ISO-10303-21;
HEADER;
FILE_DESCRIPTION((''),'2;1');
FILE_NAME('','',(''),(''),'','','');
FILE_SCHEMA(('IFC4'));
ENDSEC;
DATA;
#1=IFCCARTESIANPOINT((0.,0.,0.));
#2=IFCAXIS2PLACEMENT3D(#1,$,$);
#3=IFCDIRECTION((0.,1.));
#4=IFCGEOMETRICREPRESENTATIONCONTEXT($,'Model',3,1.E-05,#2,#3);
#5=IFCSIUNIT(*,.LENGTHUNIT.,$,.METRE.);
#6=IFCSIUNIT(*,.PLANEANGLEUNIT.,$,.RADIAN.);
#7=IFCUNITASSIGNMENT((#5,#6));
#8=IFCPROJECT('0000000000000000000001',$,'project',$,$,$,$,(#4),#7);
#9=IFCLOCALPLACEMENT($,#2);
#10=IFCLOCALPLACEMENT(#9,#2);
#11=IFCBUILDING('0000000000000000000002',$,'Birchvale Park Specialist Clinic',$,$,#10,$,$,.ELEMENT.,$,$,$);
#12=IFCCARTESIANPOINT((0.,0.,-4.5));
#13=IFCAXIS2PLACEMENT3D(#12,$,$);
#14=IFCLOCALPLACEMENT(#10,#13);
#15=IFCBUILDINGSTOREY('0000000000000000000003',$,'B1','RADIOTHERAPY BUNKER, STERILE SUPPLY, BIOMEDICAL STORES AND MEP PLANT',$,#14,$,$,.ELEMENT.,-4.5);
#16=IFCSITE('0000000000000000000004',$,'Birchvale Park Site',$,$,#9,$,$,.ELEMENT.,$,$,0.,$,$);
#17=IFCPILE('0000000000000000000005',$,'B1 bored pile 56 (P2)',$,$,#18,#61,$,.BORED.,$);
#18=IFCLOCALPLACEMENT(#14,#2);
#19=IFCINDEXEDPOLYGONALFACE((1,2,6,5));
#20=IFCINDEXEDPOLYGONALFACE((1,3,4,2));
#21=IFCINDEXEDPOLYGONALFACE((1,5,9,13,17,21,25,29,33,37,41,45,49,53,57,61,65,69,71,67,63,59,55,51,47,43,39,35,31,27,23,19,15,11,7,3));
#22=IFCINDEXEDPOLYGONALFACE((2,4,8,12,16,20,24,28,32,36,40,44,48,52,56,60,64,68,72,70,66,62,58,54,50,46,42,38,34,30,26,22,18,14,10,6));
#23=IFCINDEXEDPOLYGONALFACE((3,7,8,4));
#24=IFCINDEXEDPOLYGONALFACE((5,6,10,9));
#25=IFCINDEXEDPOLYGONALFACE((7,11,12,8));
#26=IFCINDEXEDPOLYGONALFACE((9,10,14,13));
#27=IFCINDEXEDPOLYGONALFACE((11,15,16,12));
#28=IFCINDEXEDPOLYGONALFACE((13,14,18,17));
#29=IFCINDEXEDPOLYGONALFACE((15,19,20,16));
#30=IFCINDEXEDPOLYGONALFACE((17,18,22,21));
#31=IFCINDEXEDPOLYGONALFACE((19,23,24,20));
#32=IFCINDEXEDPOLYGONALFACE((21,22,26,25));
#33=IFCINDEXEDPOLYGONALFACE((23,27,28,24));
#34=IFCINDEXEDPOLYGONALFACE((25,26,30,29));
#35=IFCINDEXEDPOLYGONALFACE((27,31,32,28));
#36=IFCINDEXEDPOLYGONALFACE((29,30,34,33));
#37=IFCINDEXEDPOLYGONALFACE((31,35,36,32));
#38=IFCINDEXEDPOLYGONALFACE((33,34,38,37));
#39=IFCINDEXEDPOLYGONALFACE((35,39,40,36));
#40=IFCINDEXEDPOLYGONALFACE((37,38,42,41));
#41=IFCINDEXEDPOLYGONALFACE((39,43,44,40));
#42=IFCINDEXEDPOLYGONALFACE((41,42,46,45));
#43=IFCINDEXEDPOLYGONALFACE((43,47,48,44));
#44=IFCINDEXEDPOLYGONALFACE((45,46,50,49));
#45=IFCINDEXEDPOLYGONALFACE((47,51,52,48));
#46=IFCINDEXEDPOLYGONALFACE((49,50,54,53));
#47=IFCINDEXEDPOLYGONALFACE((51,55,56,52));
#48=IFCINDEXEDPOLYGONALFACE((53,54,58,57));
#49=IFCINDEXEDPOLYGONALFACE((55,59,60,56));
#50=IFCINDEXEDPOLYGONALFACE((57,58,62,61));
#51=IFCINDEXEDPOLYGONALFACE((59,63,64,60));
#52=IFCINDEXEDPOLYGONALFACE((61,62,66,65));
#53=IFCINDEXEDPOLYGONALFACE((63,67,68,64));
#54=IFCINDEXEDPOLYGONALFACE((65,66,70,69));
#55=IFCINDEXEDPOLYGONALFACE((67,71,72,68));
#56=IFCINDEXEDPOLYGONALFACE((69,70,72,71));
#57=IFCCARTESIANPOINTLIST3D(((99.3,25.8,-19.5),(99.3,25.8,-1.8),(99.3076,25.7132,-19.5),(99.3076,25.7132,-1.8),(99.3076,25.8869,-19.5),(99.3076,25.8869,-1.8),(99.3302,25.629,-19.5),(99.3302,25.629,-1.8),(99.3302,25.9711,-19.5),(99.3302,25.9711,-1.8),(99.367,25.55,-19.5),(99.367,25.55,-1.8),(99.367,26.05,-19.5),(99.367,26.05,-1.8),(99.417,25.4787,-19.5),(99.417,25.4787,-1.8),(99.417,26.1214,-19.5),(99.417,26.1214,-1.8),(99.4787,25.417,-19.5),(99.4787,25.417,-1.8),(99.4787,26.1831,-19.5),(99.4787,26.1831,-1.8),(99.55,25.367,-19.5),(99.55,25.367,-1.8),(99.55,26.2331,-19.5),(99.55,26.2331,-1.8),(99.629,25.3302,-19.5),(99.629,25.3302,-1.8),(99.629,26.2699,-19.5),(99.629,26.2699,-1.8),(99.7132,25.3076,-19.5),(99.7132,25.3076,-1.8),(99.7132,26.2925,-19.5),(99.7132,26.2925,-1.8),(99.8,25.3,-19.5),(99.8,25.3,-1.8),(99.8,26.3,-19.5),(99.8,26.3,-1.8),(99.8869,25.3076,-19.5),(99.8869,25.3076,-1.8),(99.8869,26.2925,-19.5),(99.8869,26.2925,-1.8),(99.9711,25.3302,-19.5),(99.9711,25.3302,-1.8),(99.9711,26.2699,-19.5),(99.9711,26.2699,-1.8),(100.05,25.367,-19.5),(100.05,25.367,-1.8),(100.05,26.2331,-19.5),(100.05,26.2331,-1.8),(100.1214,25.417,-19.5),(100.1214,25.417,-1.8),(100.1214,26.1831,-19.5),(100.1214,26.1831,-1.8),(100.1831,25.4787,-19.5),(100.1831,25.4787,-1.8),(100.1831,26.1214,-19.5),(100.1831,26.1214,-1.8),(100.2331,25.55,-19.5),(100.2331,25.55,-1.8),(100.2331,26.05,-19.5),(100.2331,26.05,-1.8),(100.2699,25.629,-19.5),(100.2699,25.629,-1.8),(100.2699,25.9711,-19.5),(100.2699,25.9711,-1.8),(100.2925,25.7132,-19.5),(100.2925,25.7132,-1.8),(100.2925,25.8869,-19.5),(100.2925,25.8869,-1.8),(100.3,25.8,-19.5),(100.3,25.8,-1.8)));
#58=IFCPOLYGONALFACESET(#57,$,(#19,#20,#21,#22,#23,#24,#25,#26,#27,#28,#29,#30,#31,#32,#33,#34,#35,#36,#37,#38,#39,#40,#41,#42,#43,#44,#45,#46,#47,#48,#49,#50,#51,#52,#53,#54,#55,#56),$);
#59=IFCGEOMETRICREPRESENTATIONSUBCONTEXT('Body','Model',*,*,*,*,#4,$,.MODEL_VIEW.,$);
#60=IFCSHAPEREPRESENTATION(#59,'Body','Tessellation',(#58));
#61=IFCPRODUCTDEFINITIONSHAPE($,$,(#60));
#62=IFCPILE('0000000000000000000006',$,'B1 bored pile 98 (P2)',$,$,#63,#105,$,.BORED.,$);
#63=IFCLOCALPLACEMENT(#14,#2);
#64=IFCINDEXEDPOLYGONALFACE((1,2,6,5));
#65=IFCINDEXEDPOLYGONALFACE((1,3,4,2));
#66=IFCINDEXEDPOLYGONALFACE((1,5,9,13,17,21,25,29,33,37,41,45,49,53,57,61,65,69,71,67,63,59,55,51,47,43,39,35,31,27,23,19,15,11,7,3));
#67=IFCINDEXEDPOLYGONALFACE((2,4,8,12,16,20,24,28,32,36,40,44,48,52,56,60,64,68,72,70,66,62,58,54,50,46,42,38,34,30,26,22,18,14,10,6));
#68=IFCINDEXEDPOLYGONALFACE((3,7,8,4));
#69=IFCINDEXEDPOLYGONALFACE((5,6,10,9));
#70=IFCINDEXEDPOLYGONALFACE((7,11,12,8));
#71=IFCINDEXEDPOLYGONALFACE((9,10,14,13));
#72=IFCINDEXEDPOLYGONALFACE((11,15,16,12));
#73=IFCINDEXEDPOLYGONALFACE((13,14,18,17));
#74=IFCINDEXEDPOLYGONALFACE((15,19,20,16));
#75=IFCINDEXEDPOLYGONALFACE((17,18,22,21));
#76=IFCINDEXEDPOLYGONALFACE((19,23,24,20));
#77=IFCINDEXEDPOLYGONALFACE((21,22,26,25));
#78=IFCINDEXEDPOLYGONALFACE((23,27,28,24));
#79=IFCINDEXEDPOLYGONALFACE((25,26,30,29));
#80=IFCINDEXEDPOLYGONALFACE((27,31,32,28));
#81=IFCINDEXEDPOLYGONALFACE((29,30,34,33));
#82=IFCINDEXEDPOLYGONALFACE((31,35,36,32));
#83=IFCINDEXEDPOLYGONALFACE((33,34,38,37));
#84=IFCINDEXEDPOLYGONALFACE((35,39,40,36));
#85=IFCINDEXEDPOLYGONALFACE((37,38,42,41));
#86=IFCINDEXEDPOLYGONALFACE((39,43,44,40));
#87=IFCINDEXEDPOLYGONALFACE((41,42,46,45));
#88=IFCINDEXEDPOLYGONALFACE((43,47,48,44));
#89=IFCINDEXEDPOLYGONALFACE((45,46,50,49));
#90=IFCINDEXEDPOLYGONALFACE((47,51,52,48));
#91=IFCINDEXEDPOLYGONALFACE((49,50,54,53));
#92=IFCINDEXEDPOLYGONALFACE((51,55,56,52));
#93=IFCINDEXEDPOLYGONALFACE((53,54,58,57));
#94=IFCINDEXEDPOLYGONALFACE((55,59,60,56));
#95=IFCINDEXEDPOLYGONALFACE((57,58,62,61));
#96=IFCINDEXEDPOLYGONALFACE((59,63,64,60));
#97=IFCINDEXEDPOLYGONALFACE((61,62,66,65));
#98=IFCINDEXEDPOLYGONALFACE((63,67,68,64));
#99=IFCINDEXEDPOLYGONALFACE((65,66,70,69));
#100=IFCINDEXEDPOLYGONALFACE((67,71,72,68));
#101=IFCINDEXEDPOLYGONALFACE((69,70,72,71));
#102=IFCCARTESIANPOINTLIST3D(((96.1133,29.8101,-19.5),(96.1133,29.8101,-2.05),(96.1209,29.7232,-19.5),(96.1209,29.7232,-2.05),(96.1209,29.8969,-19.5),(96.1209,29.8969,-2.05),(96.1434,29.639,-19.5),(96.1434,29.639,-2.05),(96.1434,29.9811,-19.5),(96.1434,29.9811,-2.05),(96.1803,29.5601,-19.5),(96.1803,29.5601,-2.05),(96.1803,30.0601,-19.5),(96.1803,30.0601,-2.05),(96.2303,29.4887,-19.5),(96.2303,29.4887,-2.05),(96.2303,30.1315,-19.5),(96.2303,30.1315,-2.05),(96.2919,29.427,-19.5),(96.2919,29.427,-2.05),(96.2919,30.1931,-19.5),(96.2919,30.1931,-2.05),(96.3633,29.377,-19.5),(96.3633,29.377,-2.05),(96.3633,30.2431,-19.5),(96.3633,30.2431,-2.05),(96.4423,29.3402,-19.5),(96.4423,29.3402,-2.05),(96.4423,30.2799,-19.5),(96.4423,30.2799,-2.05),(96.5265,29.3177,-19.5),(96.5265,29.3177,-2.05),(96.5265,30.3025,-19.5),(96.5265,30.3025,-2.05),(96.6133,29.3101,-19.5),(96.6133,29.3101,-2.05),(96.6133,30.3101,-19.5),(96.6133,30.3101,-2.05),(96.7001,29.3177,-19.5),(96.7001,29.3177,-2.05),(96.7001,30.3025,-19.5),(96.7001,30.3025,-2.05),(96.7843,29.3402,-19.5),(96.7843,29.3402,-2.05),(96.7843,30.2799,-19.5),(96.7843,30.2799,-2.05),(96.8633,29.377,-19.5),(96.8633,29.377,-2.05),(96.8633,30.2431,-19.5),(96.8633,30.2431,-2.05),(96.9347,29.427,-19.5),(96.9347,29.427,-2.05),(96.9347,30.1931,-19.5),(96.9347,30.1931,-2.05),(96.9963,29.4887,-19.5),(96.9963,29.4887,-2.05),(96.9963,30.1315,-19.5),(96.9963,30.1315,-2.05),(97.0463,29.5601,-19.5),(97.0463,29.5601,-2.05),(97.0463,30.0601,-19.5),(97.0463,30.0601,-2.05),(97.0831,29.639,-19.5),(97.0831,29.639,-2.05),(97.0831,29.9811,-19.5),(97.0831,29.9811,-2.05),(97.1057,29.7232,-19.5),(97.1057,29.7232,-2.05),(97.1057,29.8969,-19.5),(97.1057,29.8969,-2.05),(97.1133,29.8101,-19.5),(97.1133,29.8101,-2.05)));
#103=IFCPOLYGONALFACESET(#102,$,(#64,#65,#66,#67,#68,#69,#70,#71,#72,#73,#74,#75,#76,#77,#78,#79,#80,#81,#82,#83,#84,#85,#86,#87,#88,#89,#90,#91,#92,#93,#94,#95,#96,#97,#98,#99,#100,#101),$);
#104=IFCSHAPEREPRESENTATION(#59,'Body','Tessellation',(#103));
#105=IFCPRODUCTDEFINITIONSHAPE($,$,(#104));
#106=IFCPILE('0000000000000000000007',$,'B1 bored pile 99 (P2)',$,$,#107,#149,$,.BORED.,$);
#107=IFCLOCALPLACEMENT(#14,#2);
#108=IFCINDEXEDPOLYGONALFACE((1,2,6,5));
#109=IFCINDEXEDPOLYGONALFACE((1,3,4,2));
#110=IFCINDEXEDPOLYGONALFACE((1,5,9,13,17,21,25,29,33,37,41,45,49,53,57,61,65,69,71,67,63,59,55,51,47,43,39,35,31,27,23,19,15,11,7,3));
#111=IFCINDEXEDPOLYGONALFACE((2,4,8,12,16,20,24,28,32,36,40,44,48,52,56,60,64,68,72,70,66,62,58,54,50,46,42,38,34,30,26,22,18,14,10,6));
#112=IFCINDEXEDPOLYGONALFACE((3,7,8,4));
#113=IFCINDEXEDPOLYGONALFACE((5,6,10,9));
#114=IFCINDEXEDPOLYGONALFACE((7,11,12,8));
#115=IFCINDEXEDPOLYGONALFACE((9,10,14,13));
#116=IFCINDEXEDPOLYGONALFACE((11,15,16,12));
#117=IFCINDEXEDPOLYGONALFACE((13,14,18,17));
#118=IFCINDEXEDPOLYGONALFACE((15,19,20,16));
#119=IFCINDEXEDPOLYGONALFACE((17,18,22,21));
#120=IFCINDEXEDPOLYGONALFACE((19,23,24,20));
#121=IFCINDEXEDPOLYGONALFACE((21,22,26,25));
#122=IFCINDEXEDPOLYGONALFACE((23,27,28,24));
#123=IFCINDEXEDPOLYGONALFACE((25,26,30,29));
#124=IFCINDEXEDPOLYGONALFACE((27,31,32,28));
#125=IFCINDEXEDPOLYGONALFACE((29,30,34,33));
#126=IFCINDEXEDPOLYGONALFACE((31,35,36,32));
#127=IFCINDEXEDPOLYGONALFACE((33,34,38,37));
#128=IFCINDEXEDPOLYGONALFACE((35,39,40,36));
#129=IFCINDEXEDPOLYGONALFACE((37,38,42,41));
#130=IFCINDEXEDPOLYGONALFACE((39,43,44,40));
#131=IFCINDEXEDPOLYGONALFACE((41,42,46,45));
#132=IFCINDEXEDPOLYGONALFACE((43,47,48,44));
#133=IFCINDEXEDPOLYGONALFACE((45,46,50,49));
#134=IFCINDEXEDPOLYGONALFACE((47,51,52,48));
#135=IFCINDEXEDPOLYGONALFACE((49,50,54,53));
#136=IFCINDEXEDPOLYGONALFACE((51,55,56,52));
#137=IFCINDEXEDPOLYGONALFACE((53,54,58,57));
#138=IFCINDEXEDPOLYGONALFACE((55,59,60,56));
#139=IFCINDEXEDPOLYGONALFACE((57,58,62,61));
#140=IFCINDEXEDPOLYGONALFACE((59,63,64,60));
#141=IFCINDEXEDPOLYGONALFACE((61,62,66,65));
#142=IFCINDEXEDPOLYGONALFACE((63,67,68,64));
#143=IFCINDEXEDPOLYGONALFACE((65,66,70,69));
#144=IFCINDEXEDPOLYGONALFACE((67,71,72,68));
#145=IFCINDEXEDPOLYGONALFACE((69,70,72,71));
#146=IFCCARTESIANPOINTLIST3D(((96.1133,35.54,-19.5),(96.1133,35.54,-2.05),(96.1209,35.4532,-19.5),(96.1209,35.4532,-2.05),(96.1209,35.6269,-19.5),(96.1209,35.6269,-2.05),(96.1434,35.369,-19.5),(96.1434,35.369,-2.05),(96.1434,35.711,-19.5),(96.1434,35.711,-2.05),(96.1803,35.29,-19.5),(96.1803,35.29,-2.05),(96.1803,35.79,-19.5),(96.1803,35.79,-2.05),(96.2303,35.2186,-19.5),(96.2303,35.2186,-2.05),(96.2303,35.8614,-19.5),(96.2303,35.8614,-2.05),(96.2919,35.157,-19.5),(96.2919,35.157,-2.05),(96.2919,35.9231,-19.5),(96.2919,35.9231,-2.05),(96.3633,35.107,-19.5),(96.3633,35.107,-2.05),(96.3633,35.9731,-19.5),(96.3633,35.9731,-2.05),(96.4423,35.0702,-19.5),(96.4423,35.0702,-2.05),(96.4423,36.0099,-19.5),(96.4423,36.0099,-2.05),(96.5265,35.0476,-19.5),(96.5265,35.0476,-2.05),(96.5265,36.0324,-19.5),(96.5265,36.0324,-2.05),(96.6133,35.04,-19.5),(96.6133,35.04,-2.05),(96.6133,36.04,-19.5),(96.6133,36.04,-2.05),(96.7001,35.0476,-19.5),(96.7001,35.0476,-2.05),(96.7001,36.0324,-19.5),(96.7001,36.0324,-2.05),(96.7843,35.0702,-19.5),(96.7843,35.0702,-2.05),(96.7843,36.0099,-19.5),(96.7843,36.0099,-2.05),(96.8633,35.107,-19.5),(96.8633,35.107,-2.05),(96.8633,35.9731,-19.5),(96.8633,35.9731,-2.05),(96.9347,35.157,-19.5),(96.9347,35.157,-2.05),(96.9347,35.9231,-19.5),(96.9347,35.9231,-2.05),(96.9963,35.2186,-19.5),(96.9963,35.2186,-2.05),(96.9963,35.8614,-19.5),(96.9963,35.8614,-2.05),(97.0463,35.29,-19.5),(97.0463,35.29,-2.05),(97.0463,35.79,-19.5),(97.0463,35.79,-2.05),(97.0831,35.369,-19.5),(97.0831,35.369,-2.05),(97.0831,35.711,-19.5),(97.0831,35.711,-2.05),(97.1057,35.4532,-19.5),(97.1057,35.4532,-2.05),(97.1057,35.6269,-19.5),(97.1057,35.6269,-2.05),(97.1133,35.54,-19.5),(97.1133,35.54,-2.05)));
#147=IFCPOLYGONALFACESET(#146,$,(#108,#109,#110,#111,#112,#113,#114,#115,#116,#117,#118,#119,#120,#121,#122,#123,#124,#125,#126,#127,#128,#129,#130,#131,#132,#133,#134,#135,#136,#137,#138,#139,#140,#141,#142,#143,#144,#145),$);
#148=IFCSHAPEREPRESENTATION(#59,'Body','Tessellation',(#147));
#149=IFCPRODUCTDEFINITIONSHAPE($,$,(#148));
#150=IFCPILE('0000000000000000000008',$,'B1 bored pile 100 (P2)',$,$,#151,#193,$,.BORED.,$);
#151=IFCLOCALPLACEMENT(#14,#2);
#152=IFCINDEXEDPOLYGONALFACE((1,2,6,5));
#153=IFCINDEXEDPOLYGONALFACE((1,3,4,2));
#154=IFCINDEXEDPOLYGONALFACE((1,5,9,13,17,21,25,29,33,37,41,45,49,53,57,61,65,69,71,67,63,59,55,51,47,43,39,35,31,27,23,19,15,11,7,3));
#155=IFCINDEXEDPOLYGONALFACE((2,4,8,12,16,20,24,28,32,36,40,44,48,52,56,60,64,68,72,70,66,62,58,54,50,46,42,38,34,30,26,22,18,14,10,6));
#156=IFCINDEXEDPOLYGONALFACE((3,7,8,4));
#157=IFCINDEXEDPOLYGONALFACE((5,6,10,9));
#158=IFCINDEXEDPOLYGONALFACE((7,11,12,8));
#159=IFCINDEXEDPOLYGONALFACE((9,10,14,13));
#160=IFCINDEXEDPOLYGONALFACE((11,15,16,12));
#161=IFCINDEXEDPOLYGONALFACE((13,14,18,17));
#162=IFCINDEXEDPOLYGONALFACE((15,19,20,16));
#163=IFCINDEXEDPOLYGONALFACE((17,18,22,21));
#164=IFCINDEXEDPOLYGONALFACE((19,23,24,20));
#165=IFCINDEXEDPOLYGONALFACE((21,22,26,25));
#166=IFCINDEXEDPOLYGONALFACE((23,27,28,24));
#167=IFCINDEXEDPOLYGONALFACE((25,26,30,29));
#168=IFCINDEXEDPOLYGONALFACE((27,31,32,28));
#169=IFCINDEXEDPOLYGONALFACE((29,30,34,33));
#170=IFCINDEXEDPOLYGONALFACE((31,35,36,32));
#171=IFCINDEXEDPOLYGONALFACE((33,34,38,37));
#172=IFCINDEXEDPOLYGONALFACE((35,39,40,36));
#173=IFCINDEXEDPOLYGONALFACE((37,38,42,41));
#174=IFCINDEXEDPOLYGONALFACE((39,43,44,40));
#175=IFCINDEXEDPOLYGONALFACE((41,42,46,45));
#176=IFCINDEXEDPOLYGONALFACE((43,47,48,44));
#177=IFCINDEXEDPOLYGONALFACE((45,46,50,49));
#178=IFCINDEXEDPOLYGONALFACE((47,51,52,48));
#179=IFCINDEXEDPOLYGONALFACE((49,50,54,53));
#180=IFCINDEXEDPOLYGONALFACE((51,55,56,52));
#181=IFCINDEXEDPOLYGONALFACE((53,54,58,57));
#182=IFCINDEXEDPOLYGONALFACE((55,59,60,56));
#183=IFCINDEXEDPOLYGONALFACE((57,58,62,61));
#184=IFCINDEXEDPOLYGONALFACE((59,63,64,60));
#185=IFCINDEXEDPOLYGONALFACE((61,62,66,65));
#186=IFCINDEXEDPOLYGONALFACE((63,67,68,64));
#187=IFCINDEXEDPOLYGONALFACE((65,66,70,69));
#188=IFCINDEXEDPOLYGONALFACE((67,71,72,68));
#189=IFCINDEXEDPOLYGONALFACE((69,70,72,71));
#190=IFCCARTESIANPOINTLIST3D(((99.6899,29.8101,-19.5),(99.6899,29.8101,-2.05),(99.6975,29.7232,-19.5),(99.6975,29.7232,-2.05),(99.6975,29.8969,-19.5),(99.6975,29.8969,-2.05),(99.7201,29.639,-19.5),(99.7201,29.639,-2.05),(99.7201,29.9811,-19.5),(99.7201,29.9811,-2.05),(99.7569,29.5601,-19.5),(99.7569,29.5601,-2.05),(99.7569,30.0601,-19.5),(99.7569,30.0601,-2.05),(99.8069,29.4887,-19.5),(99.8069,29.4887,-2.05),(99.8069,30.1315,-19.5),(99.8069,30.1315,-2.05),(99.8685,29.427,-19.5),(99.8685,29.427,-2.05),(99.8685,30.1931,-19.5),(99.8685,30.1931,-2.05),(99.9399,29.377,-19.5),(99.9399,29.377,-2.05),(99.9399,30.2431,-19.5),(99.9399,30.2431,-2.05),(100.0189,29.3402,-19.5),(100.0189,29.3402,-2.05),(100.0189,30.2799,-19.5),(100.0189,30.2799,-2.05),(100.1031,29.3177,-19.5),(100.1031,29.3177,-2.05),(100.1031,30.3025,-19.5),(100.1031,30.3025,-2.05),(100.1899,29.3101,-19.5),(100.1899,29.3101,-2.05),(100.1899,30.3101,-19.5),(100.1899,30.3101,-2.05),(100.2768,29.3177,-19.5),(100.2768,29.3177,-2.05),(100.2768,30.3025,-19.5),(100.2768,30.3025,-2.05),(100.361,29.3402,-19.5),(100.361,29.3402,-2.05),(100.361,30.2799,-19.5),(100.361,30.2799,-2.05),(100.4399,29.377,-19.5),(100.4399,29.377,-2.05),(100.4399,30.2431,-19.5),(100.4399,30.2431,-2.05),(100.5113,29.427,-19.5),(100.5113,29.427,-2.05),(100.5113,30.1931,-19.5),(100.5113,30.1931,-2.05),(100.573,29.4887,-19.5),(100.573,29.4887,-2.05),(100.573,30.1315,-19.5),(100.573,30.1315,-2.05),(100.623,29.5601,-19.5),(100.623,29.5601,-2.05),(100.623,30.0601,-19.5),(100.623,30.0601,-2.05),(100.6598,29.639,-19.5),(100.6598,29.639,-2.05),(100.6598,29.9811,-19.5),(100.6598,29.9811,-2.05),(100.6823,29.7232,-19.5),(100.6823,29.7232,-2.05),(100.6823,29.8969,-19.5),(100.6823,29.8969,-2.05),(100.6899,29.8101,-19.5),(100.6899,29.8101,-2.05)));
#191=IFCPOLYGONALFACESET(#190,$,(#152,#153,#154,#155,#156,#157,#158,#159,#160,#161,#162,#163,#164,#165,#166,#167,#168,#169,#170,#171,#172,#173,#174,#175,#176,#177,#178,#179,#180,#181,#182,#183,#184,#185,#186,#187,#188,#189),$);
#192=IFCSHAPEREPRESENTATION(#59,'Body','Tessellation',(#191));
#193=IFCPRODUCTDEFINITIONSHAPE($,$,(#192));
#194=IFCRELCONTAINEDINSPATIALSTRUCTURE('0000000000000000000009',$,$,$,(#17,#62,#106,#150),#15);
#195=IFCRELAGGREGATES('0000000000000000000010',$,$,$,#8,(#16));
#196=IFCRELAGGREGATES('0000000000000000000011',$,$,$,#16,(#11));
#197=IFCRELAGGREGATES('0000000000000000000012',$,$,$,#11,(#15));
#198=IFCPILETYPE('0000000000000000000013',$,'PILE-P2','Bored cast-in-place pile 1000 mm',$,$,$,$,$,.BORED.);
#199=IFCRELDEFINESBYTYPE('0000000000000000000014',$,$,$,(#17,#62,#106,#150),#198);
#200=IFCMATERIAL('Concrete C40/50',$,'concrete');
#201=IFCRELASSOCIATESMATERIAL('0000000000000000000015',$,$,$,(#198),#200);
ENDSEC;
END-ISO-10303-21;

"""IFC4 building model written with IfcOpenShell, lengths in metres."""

from ifc_helpers import new_model, si_unit, direction, frame, origin, origin_2d, place, context, subcontext, project, spatial, circle, extrude, material, material_profile, profile_set, type_object, element, save


model = new_model("IFC4")

# Units and contexts
model_context = context("Model", 3, precision=1e-05, world=origin(), true_north=direction((0.0, 1.0)))
body_context = subcontext(model_context, "Body", "Model", "MODEL_VIEW")
ifc_project = project(units=[si_unit("LENGTHUNIT", "METRE"), si_unit("PLANEANGLEUNIT", "RADIAN")], contexts=[model_context])

# Site, building, storey
site_placement = place(None, origin())
site = spatial("IfcSite", under=ifc_project, at=site_placement, Name="Birchvale Park Site", CompositionType="ELEMENT", RefElevation=0.0)
building_placement = place(site_placement, origin())
building = spatial("IfcBuilding", under=site, at=building_placement, Name="Birchvale Park Specialist Clinic", CompositionType="ELEMENT")
storey_placement = place(building_placement, frame((0.0, 0.0, -4.5)))
storey = spatial("IfcBuildingStorey", under=building, at=storey_placement, Name="B1", Description="RADIOTHERAPY BUNKER, STERILE SUPPLY, BIOMEDICAL STORES AND MEP PLANT", CompositionType="ELEMENT", Elevation=-4.5)

# Shared definitions
ifc_material_1 = material(Name="Concrete C40/50", Category="concrete")

# Piles
ifc_material_profile_1 = material_profile(ifc_material_1, circle(Radius=0.5, at=origin_2d()), Name="PILE-1000")
ifc_profile_set_1 = profile_set([ifc_material_profile_1], Name="Concrete C40/50")
pile_type_1 = type_object("IfcPileType", Name="PILE-P2", Description="Bored cast-in-place pile 1000 mm", PredefinedType="BORED", material=ifc_profile_set_1)
pile_1_placement = place(storey_placement, frame((99.8, 25.8, -1.8), z_axis=(0.0, 0.0, -1.0), x_axis=(1.0, 0.0, 0.0)))
element("IfcPile", 1, at=pile_1_placement, inside=storey, type_object=pile_type_1, Name="B1 bored pile 56 (P2)", PredefinedType="BORED", context=body_context, shape_type="SweptSolid", body=[
    extrude(circle(Radius=0.5, at=origin_2d()), origin(), (0.0, 0.0, 1.0), 17.7),
])
for number, where, z_axis, x_axis, name in (
    (2, (96.6133, 29.8101, -2.05), (0.0, 0.0, -1.0), (1.0, 0.0, 0.0), "B1 bored pile 98 (P2)"),
    (3, (96.6133, 35.54, -2.05), (0.0, 0.0, -1.0), (1.0, 0.0, 0.0), "B1 bored pile 99 (P2)"),
    (4, (100.1899, 29.8101, -2.05), (0.0, 0.0, -1.0), (1.0, 0.0, 0.0), "B1 bored pile 100 (P2)"),
):
    element("IfcPile", number, at=place(storey_placement, frame(where, z_axis=z_axis, x_axis=x_axis)), inside=storey, type_object=pile_type_1, Name=name, PredefinedType="BORED", context=body_context, shape_type="SweptSolid", body=[
        extrude(circle(Radius=0.5, at=origin_2d()), origin(), (0.0, 0.0, 1.0), 17.45),
    ])

save(model, "model.ifc")
